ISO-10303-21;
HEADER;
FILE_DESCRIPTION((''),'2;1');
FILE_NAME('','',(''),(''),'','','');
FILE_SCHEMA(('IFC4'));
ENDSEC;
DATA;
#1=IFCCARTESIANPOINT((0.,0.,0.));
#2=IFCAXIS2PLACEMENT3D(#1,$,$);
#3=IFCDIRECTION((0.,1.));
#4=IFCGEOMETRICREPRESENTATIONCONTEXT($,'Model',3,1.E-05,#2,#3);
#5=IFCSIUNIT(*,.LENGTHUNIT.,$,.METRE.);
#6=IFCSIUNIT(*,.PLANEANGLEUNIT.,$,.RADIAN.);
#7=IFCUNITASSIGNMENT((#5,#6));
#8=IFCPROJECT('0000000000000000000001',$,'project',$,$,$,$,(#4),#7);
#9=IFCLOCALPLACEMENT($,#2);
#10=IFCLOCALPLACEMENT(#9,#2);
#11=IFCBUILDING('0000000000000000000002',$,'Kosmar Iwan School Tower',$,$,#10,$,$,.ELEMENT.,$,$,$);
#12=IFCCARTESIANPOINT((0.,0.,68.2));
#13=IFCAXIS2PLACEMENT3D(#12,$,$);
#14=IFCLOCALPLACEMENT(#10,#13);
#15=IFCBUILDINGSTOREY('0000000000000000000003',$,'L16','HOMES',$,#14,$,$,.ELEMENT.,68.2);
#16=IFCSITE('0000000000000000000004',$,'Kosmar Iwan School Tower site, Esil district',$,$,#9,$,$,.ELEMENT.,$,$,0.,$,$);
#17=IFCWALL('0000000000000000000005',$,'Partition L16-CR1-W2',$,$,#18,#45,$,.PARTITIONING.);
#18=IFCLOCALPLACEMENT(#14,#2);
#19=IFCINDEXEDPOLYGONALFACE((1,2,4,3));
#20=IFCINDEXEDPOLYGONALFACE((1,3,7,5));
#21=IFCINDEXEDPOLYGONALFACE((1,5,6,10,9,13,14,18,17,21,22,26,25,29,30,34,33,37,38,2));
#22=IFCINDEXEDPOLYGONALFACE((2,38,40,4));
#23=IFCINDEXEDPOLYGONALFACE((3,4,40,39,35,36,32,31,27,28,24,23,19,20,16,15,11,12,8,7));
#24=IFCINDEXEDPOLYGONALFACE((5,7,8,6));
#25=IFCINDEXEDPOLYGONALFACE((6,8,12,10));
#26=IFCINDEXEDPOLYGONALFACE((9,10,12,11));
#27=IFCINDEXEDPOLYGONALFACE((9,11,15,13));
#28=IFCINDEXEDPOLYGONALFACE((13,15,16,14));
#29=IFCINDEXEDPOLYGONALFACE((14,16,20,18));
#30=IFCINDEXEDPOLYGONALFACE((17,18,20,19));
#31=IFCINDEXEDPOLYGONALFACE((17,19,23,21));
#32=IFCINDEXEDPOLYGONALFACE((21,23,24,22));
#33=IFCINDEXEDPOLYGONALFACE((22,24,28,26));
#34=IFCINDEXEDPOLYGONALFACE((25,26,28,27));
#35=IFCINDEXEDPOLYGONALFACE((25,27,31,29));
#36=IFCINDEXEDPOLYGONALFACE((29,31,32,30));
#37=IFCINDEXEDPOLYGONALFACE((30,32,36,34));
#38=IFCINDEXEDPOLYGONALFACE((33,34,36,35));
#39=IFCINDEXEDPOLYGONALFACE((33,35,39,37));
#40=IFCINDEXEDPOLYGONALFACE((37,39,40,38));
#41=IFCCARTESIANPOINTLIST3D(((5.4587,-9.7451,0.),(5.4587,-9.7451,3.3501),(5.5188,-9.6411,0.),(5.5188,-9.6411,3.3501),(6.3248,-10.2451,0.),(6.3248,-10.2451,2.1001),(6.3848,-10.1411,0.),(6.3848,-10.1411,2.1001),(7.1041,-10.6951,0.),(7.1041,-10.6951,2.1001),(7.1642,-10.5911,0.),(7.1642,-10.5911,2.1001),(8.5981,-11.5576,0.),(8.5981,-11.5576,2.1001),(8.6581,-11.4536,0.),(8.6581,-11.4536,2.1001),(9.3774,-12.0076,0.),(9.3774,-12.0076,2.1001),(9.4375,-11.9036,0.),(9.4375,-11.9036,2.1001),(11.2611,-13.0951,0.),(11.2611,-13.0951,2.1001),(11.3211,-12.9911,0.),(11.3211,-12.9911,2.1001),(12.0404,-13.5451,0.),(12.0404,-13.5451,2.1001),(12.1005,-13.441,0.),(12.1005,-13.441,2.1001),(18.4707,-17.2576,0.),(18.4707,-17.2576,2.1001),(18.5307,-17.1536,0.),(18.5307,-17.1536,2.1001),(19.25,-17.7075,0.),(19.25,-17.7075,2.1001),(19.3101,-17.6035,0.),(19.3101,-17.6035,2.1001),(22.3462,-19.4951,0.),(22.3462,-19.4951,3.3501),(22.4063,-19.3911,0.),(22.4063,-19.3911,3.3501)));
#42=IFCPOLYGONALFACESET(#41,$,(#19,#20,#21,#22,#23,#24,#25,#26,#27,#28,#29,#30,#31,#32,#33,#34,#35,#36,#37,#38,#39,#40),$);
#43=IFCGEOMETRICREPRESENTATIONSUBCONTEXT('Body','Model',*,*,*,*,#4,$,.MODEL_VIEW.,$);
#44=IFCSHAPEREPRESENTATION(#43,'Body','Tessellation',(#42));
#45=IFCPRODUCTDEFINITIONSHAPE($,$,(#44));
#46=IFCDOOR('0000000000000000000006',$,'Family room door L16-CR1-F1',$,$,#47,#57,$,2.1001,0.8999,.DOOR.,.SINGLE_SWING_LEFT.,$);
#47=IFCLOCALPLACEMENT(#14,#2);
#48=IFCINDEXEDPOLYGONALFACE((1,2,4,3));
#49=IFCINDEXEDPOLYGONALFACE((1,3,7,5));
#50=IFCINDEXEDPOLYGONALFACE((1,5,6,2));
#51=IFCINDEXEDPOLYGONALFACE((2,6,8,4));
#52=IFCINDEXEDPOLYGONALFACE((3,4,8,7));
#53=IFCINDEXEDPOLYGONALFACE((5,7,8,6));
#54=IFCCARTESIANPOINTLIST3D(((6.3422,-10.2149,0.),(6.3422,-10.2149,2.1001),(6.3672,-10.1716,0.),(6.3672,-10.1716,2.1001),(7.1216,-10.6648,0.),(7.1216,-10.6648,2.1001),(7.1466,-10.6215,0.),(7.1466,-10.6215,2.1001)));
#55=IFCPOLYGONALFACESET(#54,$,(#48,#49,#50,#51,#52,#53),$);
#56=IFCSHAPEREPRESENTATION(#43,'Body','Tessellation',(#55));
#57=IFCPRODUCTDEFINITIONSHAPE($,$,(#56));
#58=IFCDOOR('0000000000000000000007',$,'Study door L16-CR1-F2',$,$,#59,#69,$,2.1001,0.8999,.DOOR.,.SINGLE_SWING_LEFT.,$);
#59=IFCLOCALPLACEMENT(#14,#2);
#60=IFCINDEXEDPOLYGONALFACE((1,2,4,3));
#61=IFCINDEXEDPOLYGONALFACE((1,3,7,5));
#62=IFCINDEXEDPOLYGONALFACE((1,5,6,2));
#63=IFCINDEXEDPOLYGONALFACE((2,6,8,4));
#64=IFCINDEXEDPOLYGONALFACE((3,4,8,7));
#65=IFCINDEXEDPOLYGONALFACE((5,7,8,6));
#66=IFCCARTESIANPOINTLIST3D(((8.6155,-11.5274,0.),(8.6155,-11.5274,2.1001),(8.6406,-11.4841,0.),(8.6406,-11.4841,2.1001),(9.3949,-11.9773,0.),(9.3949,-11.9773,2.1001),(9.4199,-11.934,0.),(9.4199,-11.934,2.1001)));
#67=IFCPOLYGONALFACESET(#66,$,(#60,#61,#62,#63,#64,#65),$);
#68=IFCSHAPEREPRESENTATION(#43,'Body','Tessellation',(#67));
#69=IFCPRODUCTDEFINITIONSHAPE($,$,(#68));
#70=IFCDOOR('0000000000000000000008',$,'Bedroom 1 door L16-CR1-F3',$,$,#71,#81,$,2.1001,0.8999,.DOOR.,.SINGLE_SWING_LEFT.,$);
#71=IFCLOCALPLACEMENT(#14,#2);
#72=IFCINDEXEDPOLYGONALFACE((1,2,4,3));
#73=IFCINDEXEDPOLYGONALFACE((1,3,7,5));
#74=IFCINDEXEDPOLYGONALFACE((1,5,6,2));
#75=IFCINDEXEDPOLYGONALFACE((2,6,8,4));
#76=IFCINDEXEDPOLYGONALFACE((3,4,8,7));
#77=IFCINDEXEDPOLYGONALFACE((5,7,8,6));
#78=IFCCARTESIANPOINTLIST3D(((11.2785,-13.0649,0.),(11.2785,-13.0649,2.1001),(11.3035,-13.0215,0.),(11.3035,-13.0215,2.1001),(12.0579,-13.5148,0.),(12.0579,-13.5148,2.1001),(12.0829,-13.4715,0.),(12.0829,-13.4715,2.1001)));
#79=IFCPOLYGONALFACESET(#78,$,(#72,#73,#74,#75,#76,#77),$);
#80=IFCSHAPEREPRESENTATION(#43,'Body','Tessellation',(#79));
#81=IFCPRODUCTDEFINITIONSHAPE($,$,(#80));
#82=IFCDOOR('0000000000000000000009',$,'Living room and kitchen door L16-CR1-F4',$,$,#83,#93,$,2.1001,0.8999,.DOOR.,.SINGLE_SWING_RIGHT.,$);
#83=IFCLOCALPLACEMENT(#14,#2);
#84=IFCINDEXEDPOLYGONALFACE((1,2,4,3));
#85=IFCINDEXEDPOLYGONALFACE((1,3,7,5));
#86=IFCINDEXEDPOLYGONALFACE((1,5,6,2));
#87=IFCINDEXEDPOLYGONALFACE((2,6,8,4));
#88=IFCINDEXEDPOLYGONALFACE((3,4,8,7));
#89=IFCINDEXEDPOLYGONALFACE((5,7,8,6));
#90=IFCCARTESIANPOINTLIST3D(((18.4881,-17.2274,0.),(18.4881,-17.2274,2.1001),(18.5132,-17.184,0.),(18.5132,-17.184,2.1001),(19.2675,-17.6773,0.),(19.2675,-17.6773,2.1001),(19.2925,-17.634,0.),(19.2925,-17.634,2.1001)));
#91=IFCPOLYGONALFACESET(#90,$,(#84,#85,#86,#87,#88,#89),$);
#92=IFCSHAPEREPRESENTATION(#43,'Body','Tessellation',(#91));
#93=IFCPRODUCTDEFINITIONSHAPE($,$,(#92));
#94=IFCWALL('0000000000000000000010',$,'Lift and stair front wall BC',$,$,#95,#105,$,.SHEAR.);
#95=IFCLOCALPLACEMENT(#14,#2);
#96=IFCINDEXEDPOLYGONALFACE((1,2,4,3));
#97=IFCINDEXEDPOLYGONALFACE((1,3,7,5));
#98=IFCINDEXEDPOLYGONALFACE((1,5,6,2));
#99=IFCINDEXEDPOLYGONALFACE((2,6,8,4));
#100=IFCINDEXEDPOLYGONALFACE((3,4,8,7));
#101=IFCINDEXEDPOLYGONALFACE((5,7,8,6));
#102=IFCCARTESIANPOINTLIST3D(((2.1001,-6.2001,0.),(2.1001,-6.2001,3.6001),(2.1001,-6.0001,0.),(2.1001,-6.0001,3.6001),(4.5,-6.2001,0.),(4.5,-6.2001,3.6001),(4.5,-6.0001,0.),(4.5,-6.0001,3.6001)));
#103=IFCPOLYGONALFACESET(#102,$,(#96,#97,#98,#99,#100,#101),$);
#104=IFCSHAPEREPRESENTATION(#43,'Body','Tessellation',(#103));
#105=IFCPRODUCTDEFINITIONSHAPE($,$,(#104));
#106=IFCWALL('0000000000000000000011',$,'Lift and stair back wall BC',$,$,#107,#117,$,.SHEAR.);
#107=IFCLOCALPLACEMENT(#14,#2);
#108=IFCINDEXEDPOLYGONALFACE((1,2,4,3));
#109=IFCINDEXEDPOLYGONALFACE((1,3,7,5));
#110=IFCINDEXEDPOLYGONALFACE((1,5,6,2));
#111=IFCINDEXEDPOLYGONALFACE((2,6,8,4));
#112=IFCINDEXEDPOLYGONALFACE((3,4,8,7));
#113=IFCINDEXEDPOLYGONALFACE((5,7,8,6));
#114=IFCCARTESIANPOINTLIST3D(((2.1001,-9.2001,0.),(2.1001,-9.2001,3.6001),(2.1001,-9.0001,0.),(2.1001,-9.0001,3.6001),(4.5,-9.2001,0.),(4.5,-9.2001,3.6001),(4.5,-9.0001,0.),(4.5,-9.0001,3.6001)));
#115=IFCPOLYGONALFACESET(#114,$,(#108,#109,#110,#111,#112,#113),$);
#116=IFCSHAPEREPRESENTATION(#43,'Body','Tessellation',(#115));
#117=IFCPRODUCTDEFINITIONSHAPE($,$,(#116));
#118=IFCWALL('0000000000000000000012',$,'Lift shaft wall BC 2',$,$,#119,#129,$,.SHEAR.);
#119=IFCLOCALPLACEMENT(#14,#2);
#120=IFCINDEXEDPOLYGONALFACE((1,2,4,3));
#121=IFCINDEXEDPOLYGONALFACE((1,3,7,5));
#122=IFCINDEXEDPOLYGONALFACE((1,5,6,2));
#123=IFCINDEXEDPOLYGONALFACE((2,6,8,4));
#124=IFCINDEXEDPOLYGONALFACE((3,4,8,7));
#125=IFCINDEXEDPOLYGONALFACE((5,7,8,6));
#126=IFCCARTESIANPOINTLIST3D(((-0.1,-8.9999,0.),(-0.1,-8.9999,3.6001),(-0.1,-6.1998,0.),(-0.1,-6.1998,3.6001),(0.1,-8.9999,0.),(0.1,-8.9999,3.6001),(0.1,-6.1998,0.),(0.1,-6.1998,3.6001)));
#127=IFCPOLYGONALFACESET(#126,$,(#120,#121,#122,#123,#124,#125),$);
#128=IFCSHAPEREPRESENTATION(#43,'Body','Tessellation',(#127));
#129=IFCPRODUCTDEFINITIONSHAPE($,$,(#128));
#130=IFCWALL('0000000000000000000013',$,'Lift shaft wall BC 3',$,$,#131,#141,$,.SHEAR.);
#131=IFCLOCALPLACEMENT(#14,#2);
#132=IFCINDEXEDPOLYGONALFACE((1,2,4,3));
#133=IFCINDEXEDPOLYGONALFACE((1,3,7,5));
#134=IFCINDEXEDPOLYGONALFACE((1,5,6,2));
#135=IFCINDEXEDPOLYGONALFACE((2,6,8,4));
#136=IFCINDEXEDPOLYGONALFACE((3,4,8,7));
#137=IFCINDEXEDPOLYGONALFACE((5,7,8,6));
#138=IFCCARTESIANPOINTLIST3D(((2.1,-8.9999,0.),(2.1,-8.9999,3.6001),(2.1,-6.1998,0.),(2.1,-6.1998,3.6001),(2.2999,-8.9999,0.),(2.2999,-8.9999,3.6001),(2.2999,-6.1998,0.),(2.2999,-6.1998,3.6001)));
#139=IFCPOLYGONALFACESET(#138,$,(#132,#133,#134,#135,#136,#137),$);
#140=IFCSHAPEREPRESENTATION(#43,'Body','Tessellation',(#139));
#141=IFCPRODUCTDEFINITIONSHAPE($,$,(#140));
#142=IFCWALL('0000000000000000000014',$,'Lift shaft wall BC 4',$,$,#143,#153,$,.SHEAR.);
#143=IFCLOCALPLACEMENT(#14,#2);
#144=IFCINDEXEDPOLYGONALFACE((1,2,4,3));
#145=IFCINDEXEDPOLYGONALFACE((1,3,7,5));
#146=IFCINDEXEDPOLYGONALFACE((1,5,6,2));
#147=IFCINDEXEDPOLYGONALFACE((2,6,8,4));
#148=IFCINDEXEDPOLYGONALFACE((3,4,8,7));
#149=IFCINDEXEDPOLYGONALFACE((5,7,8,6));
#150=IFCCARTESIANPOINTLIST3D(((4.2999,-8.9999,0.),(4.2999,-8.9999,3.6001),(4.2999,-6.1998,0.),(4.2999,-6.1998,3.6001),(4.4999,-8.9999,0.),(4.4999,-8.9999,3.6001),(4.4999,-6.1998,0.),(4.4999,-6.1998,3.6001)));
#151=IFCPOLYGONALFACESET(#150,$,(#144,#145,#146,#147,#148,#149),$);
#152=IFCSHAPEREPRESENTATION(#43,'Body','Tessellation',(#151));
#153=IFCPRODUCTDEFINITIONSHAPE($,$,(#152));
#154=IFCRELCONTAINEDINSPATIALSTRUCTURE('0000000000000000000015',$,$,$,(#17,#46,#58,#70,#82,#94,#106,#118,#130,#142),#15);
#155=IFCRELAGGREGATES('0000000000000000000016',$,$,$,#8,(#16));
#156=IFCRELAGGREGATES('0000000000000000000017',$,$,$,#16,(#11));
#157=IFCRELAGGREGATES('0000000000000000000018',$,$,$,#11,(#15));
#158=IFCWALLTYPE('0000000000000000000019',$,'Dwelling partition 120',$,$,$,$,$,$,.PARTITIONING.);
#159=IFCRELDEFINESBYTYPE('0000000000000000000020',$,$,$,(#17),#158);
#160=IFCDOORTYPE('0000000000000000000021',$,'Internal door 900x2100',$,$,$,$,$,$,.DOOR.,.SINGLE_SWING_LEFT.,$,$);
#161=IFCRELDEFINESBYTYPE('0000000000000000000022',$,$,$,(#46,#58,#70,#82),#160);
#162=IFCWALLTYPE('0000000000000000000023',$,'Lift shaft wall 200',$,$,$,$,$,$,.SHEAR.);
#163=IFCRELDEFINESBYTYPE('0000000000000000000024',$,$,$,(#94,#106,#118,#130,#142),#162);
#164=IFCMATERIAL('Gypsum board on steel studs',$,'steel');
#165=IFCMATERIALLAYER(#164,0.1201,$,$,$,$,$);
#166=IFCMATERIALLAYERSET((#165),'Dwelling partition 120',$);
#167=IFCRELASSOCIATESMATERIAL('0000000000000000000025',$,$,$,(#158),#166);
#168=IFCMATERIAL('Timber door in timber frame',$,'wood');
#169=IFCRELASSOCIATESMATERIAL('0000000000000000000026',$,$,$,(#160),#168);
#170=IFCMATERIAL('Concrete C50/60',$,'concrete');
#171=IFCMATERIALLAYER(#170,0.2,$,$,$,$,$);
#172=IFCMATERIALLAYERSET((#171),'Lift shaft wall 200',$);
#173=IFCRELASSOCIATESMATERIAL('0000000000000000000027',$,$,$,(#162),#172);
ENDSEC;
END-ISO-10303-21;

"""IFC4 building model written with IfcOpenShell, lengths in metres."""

from ifc_helpers import new_model, si_unit, direction, frame, frame_2d, origin, place, context, subcontext, project, spatial, rectangle, extrude, material, layer, layer_set, type_object, element, fill, save


model = new_model("IFC4")

# Units and contexts
model_context = context("Model", 3, precision=1e-05, world=origin(), true_north=direction((0.0, 1.0)))
body_context = subcontext(model_context, "Body", "Model", "MODEL_VIEW")
ifc_project = project(units=[si_unit("LENGTHUNIT", "METRE"), si_unit("PLANEANGLEUNIT", "RADIAN")], contexts=[model_context])

# Site, building, storey
site_placement = place(None, origin())
site = spatial("IfcSite", under=ifc_project, at=site_placement, Name="Kosmar Iwan School Tower site, Esil district", CompositionType="ELEMENT", RefElevation=0.0)
building_placement = place(site_placement, origin())
building = spatial("IfcBuilding", under=site, at=building_placement, Name="Kosmar Iwan School Tower", CompositionType="ELEMENT")
storey_placement = place(building_placement, frame((0.0, 0.0, 68.2)))
storey = spatial("IfcBuildingStorey", under=building, at=storey_placement, Name="L16", Description="HOMES", CompositionType="ELEMENT", Elevation=68.2)

# Wall, openings, doors
ifc_material_1 = material(Name="Gypsum board on steel studs", Category="steel")
ifc_layer_1 = layer(ifc_material_1, 0.1201)
ifc_layer_set_1 = layer_set([ifc_layer_1], Name="Dwelling partition 120")
wall_type_1 = type_object("IfcWallType", Name="Dwelling partition 120", PredefinedType="PARTITIONING", material=ifc_layer_set_1)
ifc_material_2 = material(Name="Timber door in timber frame", Category="wood")
door_type_1 = type_object("IfcDoorType", Name="Internal door 900x2100", OperationType="SINGLE_SWING_LEFT", PredefinedType="DOOR", material=ifc_material_2)
wall_1_placement = place(storey_placement, frame((5.4888, -9.6931, 0.0), z_axis=(0.0, 0.0, 1.0), x_axis=(0.866025, -0.500001, 0.0)))
wall_1 = element("IfcWall", 1, at=wall_1_placement, inside=storey, type_object=wall_type_1, Name="Partition L16-CR1-W2", PredefinedType="PARTITIONING", context=body_context, shape_type="SweptSolid", body=[
    extrude(rectangle(XDim=19.5, YDim=0.1201, at=frame_2d((9.75, 0.0))), origin(), (0.0, 0.0, 1.0), 3.3501),
])
opening_1_placement = place(wall_1_placement, frame((1.0, 0.0, 0.0)))
opening_1 = element("IfcOpeningElement", 2, at=opening_1_placement, cuts=wall_1, PredefinedType="OPENING", context=body_context, shape_type="SweptSolid", body=[
    extrude(rectangle(XDim=0.8999, YDim=2.1001, at=frame_2d((0.45, 1.05))), frame((0.0, 0.072, 0.0), z_axis=(0.0, -1.0, 0.0), x_axis=(1.0, 0.0, 0.0)), (0.0, 0.0, 1.0), 0.144),
])
opening_2_placement = place(wall_1_placement, frame((3.625, 0.0, 0.0)))
opening_2 = element("IfcOpeningElement", 3, at=opening_2_placement, cuts=wall_1, PredefinedType="OPENING", context=body_context, shape_type="SweptSolid", body=[
    extrude(rectangle(XDim=0.8999, YDim=2.1001, at=frame_2d((0.45, 1.05))), frame((0.0, 0.072, 0.0), z_axis=(0.0, -1.0, 0.0), x_axis=(1.0, 0.0, 0.0)), (0.0, 0.0, 1.0), 0.144),
])
opening_3_placement = place(wall_1_placement, frame((6.7, 0.0, 0.0)))
opening_3 = element("IfcOpeningElement", 4, at=opening_3_placement, cuts=wall_1, PredefinedType="OPENING", context=body_context, shape_type="SweptSolid", body=[
    extrude(rectangle(XDim=0.8999, YDim=2.1001, at=frame_2d((0.45, 1.05))), frame((0.0, 0.072, 0.0), z_axis=(0.0, -1.0, 0.0), x_axis=(1.0, 0.0, 0.0)), (0.0, 0.0, 1.0), 0.144),
])
opening_4_placement = place(wall_1_placement, frame((15.0249, 0.0, 0.0)))
opening_4 = element("IfcOpeningElement", 5, at=opening_4_placement, cuts=wall_1, PredefinedType="OPENING", context=body_context, shape_type="SweptSolid", body=[
    extrude(rectangle(XDim=0.8999, YDim=2.1001, at=frame_2d((0.45, 1.05))), frame((0.0, 0.072, 0.0), z_axis=(0.0, -1.0, 0.0), x_axis=(1.0, 0.0, 0.0)), (0.0, 0.0, 1.0), 0.144),
])
door_1_placement = place(opening_1_placement, origin())
door_1 = element("IfcDoor", 6, at=door_1_placement, inside=storey, type_object=door_type_1, Name="Family room door L16-CR1-F1", OperationType="SINGLE_SWING_LEFT", OverallHeight=2.1001, OverallWidth=0.8999, PredefinedType="DOOR", context=body_context, shape_type="SweptSolid", body=[
    extrude(rectangle(XDim=0.8999, YDim=2.1001, at=frame_2d((0.45, 1.05))), frame((0.0, 0.0249, 0.0), z_axis=(0.0, -1.0, 0.0), x_axis=(1.0, 0.0, 0.0)), (0.0, 0.0, 1.0), 0.05),
])
fill(opening_1, door_1)
door_2_placement = place(opening_2_placement, origin())
door_2 = element("IfcDoor", 7, at=door_2_placement, inside=storey, type_object=door_type_1, Name="Study door L16-CR1-F2", OperationType="SINGLE_SWING_LEFT", OverallHeight=2.1001, OverallWidth=0.8999, PredefinedType="DOOR", context=body_context, shape_type="SweptSolid", body=[
    extrude(rectangle(XDim=0.8999, YDim=2.1001, at=frame_2d((0.45, 1.05))), frame((0.0, 0.0249, 0.0), z_axis=(0.0, -1.0, 0.0), x_axis=(1.0, 0.0, 0.0)), (0.0, 0.0, 1.0), 0.05),
])
fill(opening_2, door_2)
door_3_placement = place(opening_3_placement, origin())
door_3 = element("IfcDoor", 8, at=door_3_placement, inside=storey, type_object=door_type_1, Name="Bedroom 1 door L16-CR1-F3", OperationType="SINGLE_SWING_LEFT", OverallHeight=2.1001, OverallWidth=0.8999, PredefinedType="DOOR", context=body_context, shape_type="SweptSolid", body=[
    extrude(rectangle(XDim=0.8999, YDim=2.1001, at=frame_2d((0.45, 1.05))), frame((0.0, 0.0249, 0.0), z_axis=(0.0, -1.0, 0.0), x_axis=(1.0, 0.0, 0.0)), (0.0, 0.0, 1.0), 0.05),
])
fill(opening_3, door_3)
door_4_placement = place(opening_4_placement, origin())
door_4 = element("IfcDoor", 9, at=door_4_placement, inside=storey, type_object=door_type_1, Name="Living room and kitchen door L16-CR1-F4", OperationType="SINGLE_SWING_RIGHT", OverallHeight=2.1001, OverallWidth=0.8999, PredefinedType="DOOR", context=body_context, shape_type="SweptSolid", body=[
    extrude(rectangle(XDim=0.8999, YDim=2.1001, at=frame_2d((0.45, 1.05))), frame((0.0, 0.0249, 0.0), z_axis=(0.0, -1.0, 0.0), x_axis=(1.0, 0.0, 0.0)), (0.0, 0.0, 1.0), 0.05),
])
fill(opening_4, door_4)

# Walls
ifc_material_3 = material(Name="Concrete C50/60", Category="concrete")
ifc_layer_2 = layer(ifc_material_3, 0.2)
ifc_layer_set_2 = layer_set([ifc_layer_2], Name="Lift shaft wall 200")
wall_type_2 = type_object("IfcWallType", Name="Lift shaft wall 200", PredefinedType="SHEAR", material=ifc_layer_set_2)
for number, where, z_axis, x_axis, name in (
    (10, (2.1001, -6.1001, 0.0), (0.0, 0.0, 1.0), (1.0, 0.0, 0.0), "Lift and stair front wall BC"),
    (11, (2.1001, -9.1001, 0.0), (0.0, 0.0, 1.0), (1.0, 0.0, 0.0), "Lift and stair back wall BC"),
):
    element("IfcWall", number, at=place(storey_placement, frame(where, z_axis=z_axis, x_axis=x_axis)), inside=storey, type_object=wall_type_2, Name=name, PredefinedType="SHEAR", context=body_context, shape_type="SweptSolid", body=[
        extrude(rectangle(XDim=2.3999, YDim=0.2, at=frame_2d((1.2, 0.0))), origin(), (0.0, 0.0, 1.0), 3.6001),
    ])
for number, where, z_axis, x_axis, name in (
    (12, (0.0, -6.2, 0.0), (0.0, 0.0, 1.0), (0.0, -1.0, 0.0), "Lift shaft wall BC 2"),
    (13, (2.2, -6.2, 0.0), (0.0, 0.0, 1.0), (0.0, -1.0, 0.0), "Lift shaft wall BC 3"),
    (14, (4.3999, -6.2, 0.0), (0.0, 0.0, 1.0), (0.0, -1.0, 0.0), "Lift shaft wall BC 4"),
):
    element("IfcWall", number, at=place(storey_placement, frame(where, z_axis=z_axis, x_axis=x_axis)), inside=storey, type_object=wall_type_2, Name=name, PredefinedType="SHEAR", context=body_context, shape_type="SweptSolid", body=[
        extrude(rectangle(XDim=2.8, YDim=0.2, at=frame_2d((1.3999, 0.0))), origin(), (0.0, 0.0, 1.0), 3.6001),
    ])

save(model, "model.ifc")
